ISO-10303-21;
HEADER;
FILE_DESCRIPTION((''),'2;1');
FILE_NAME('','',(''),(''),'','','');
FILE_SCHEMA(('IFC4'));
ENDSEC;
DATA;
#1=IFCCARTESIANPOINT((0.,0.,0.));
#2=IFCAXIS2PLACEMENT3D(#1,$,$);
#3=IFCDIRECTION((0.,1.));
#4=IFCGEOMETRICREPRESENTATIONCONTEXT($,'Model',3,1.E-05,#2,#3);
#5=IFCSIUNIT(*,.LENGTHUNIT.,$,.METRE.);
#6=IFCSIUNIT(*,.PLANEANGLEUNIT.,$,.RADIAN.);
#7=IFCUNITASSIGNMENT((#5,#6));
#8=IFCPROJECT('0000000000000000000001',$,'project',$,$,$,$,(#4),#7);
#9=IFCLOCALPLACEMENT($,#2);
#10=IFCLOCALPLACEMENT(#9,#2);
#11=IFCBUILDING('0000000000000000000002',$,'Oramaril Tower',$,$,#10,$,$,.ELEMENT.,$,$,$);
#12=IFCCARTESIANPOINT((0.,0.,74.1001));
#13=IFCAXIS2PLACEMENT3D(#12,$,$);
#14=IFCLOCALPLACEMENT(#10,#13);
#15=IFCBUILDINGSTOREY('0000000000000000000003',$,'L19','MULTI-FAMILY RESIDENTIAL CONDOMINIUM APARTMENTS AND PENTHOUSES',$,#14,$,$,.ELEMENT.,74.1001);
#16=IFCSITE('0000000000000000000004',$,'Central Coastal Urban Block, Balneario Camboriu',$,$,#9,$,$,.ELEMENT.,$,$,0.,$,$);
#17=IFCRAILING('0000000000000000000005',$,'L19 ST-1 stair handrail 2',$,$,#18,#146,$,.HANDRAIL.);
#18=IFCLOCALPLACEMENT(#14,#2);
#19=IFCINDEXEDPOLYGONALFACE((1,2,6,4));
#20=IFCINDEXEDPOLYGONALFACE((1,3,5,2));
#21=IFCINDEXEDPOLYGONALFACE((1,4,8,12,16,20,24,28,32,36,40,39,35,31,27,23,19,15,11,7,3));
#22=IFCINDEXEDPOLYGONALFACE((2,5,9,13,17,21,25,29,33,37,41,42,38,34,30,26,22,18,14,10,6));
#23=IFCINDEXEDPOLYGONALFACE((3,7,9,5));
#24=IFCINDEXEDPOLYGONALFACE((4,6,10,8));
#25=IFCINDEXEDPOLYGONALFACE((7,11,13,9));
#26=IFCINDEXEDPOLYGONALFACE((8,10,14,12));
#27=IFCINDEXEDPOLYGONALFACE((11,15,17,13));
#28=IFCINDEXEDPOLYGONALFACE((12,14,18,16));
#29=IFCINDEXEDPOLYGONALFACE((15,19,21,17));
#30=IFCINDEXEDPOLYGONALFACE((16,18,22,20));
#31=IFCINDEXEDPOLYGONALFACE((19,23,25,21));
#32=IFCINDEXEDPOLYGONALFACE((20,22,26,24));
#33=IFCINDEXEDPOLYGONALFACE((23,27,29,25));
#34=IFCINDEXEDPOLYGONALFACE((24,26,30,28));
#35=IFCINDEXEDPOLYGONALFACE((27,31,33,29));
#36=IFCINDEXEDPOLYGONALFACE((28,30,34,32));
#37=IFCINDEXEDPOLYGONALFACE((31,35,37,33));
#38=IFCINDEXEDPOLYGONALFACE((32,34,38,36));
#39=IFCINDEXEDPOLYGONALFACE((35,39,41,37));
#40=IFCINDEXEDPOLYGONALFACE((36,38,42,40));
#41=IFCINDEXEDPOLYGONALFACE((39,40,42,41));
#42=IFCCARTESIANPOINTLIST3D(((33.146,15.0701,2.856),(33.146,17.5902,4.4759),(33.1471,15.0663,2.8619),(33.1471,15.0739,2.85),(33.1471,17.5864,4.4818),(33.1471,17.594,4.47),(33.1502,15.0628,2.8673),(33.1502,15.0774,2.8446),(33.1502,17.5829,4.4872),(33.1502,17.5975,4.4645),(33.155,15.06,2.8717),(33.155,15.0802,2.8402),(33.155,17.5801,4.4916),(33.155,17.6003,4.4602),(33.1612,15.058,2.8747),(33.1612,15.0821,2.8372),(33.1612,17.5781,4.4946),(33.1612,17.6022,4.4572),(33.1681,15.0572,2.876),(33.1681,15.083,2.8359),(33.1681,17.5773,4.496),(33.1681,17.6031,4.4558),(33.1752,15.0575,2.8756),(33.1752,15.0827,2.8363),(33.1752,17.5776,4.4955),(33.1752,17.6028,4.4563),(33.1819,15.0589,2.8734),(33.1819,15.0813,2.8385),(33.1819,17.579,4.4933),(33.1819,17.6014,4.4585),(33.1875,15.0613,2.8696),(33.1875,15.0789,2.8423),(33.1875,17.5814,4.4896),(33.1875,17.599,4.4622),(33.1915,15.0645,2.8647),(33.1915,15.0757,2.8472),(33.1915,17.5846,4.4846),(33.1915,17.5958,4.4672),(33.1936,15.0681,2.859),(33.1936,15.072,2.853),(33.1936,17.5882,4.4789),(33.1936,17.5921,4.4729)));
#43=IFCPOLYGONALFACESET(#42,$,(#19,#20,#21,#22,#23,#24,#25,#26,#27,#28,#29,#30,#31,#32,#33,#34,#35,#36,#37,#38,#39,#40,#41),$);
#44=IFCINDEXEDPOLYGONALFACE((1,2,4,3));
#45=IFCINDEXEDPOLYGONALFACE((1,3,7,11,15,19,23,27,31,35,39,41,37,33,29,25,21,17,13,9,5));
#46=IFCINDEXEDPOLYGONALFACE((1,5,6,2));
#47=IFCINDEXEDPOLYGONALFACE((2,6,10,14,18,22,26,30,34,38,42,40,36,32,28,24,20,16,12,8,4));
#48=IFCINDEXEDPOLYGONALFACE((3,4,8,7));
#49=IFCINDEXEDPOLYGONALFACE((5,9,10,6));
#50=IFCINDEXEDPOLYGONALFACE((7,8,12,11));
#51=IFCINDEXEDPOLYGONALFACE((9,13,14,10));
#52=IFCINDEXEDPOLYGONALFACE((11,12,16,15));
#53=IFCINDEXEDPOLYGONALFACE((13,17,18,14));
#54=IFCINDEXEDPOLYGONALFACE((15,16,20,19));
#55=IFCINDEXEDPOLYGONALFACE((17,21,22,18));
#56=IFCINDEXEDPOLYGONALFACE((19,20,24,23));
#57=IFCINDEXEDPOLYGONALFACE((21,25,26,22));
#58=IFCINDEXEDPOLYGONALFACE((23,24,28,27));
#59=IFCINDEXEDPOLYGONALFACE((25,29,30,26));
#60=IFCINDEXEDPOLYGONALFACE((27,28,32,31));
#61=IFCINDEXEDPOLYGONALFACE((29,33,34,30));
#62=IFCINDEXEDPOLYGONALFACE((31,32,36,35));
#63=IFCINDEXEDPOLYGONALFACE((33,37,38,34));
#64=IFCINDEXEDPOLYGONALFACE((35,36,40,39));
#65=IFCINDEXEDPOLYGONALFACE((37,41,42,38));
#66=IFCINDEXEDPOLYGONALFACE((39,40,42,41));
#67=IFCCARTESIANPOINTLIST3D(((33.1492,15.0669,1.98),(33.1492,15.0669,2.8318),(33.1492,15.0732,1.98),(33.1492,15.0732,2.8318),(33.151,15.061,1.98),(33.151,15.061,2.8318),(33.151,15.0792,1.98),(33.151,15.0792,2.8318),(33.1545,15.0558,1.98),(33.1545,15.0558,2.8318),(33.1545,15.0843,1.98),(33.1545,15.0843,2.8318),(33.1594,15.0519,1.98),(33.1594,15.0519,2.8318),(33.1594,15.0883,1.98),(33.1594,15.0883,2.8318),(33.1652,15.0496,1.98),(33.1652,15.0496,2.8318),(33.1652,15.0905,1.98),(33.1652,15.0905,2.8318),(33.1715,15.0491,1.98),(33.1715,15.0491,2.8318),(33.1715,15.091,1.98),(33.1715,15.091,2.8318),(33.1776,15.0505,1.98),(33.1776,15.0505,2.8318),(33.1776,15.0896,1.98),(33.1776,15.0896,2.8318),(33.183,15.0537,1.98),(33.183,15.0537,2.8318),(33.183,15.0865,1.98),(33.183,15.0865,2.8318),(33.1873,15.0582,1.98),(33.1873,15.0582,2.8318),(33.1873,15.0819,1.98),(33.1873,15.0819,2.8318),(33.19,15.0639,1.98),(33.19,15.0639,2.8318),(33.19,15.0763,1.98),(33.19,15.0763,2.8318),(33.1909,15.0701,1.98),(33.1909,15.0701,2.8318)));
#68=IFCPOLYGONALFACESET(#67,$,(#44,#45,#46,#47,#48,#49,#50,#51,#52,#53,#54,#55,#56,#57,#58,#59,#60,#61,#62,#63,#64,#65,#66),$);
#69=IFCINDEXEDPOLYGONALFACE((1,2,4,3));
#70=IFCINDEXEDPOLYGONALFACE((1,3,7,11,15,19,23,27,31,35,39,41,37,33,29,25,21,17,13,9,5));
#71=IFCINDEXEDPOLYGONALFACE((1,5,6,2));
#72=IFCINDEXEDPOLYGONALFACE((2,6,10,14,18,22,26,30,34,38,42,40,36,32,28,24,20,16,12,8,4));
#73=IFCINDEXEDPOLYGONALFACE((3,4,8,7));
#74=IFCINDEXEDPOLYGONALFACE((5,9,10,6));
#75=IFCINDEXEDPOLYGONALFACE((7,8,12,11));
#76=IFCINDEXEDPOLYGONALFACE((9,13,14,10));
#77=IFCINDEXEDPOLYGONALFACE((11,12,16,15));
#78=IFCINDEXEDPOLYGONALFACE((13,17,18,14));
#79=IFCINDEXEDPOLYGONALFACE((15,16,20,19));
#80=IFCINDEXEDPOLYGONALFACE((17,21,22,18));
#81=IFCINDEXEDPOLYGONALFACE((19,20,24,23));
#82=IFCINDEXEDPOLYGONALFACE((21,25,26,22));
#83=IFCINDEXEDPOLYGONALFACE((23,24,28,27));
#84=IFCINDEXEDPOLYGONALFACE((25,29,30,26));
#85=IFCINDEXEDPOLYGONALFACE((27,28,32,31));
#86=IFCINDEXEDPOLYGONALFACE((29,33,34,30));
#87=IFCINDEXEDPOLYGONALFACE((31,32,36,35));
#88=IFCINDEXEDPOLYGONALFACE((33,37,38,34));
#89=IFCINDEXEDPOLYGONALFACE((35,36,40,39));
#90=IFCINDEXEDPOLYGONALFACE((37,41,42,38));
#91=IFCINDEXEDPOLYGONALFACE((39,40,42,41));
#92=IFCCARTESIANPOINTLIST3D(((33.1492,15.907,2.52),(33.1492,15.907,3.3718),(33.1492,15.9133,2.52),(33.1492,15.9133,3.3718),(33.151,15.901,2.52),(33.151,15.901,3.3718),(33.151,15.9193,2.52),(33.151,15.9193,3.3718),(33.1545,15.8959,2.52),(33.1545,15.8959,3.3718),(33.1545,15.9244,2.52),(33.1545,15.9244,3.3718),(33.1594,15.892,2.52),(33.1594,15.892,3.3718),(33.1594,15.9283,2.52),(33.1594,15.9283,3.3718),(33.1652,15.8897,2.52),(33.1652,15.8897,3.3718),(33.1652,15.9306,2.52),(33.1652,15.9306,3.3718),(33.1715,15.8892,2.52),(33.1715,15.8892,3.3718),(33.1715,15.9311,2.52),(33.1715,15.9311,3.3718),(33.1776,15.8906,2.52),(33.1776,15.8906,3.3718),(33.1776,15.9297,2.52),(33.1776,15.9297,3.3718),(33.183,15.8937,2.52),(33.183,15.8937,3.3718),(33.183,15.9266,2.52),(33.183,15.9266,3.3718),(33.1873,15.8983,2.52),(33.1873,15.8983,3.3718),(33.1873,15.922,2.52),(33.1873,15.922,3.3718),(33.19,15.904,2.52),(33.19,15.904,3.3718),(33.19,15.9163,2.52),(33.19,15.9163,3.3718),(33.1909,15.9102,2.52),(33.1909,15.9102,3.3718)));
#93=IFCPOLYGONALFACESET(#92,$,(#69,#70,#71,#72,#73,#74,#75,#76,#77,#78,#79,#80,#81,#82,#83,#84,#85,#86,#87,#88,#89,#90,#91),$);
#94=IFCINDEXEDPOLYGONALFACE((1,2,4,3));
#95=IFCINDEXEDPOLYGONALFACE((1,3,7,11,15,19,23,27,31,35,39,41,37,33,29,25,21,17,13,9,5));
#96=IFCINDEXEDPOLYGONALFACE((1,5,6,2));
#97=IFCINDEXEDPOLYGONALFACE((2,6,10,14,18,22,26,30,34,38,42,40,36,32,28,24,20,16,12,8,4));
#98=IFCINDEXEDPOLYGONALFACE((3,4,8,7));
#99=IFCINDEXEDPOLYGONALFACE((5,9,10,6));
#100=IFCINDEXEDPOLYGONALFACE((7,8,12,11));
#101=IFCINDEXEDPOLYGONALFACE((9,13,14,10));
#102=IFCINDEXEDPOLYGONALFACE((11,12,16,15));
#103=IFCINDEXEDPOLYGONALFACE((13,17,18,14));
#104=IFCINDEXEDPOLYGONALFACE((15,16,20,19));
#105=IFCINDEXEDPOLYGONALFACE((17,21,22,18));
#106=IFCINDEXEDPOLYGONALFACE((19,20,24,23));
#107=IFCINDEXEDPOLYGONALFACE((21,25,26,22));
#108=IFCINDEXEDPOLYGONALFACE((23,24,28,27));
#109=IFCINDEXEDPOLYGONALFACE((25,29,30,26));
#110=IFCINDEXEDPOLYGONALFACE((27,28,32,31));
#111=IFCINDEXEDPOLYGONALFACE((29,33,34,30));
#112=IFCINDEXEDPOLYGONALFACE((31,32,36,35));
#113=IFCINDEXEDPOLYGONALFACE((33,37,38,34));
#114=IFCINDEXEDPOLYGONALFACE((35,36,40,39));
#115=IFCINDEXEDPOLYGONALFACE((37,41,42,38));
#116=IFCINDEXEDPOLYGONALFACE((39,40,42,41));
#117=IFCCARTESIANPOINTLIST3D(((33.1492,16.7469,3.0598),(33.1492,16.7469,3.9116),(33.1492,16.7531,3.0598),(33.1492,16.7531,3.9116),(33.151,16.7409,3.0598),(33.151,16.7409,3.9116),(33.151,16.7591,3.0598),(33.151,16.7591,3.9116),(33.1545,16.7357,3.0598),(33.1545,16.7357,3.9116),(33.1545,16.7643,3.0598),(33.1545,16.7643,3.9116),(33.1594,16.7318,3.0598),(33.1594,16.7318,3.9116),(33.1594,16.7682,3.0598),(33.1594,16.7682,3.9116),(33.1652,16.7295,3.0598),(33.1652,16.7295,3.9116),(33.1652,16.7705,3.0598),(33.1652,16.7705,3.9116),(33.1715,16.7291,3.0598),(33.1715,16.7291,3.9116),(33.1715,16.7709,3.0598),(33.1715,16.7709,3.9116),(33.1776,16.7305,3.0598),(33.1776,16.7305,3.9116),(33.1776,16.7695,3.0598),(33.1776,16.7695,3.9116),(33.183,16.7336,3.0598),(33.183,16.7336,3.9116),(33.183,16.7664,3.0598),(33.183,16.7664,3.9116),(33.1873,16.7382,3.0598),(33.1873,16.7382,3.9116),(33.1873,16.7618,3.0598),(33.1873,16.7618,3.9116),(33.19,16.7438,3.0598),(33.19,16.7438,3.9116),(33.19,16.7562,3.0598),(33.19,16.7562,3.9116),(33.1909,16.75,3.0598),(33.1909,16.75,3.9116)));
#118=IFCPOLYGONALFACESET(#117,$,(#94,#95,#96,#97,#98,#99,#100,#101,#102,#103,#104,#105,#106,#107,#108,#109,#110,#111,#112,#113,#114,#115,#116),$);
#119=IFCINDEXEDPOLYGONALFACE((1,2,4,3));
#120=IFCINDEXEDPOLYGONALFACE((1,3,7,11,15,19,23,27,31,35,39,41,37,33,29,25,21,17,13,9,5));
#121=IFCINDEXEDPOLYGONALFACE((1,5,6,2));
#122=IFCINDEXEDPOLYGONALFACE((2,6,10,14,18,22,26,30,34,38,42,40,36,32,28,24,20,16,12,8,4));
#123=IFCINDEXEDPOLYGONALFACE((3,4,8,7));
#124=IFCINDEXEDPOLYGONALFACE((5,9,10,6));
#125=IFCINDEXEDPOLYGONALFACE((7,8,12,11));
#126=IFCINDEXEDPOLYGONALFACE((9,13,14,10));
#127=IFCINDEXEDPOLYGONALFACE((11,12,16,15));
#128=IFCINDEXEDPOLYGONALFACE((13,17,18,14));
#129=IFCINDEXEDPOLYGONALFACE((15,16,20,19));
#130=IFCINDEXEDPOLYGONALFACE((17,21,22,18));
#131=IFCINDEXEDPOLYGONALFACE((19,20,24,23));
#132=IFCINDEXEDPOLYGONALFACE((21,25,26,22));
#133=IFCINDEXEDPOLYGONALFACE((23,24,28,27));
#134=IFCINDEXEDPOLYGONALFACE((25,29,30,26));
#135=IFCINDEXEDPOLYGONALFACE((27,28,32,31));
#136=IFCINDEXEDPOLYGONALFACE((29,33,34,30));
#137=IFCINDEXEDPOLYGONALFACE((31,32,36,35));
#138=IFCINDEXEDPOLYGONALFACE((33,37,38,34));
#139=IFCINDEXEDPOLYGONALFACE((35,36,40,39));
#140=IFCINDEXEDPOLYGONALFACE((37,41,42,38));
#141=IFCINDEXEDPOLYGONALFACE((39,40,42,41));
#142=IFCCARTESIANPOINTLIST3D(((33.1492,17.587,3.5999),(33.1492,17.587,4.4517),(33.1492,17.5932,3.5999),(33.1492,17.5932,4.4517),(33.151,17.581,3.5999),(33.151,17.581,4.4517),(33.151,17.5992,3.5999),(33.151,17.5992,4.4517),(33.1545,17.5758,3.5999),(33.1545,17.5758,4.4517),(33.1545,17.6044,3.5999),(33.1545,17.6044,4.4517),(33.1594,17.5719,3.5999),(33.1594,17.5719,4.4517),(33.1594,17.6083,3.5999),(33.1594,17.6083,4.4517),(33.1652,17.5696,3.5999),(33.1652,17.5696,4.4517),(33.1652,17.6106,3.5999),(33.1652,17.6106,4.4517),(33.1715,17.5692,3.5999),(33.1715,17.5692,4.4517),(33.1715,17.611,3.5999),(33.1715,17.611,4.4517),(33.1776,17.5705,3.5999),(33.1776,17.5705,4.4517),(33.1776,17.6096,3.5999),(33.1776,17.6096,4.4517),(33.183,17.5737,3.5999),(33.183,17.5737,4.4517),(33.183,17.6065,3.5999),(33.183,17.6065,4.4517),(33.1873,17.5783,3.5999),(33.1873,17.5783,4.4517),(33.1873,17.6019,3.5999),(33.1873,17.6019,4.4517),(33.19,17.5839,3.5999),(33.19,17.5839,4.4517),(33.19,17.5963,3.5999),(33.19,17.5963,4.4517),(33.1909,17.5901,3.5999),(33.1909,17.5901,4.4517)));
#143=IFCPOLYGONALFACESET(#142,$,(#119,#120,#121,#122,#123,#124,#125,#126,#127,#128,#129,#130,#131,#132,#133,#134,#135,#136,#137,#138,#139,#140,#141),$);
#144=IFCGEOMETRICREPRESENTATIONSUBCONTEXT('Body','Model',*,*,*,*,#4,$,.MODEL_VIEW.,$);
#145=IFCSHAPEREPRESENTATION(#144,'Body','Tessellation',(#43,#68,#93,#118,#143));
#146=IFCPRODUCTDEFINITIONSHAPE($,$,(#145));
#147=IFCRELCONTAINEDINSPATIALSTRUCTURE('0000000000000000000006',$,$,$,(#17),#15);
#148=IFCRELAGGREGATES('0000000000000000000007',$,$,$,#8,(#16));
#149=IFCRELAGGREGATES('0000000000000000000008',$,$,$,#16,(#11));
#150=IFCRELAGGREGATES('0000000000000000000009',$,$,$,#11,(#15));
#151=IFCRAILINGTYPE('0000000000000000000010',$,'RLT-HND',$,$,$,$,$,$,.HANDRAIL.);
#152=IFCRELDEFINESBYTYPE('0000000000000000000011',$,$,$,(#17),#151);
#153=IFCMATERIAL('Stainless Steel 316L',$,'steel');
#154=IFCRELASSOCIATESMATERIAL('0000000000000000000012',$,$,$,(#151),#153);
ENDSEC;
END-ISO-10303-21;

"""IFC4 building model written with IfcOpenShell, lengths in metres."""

from ifc_helpers import new_model, si_unit, direction, frame, origin, origin_2d, place, context, subcontext, project, spatial, circle, extrude, material, type_object, element, save


model = new_model("IFC4")

# Units and contexts
model_context = context("Model", 3, precision=1e-05, world=origin(), true_north=direction((0.0, 1.0)))
body_context = subcontext(model_context, "Body", "Model", "MODEL_VIEW")
ifc_project = project(units=[si_unit("LENGTHUNIT", "METRE"), si_unit("PLANEANGLEUNIT", "RADIAN")], contexts=[model_context])

# Site, building, storey
site_placement = place(None, origin())
site = spatial("IfcSite", under=ifc_project, at=site_placement, Name="Central Coastal Urban Block, Balneario Camboriu", CompositionType="ELEMENT", RefElevation=0.0)
building_placement = place(site_placement, origin())
building = spatial("IfcBuilding", under=site, at=building_placement, Name="Oramaril Tower", CompositionType="ELEMENT")
storey_placement = place(building_placement, frame((0.0, 0.0, 74.1001)))
storey = spatial("IfcBuildingStorey", under=building, at=storey_placement, Name="L19", Description="MULTI-FAMILY RESIDENTIAL CONDOMINIUM APARTMENTS AND PENTHOUSES", CompositionType="ELEMENT", Elevation=74.1001)

# Railing
ifc_material_1 = material(Name="Stainless Steel 316L", Category="steel")
railing_type_1 = type_object("IfcRailingType", Name="RLT-HND", PredefinedType="HANDRAIL", material=ifc_material_1)
railing_1_placement = place(storey_placement, frame((33.1699, 15.0701, 1.98)))
element("IfcRailing", 1, at=railing_1_placement, inside=storey, type_object=railing_type_1, Name="L19 ST-1 stair handrail 2", PredefinedType="HANDRAIL", context=body_context, shape_type="SweptSolid", body=[
    extrude(circle(Radius=0.0239, at=origin_2d()), frame((0.0, 0.0, 0.876), z_axis=(0.0, 0.8412, 0.540725), x_axis=(-1.0, 0.0, 0.0)), (0.0, 0.0, 1.0), 2.9958),
    extrude(circle(Radius=0.021, at=origin_2d()), origin(), (0.0, 0.0, 1.0), 0.8518),
    extrude(circle(Radius=0.021, at=origin_2d()), frame((0.0, 0.8401, 0.54)), (0.0, 0.0, 1.0), 0.8518),
    extrude(circle(Radius=0.021, at=origin_2d()), frame((0.0, 1.6799, 1.0798)), (0.0, 0.0, 1.0), 0.8518),
    extrude(circle(Radius=0.021, at=origin_2d()), frame((0.0, 2.52, 1.6199)), (0.0, 0.0, 1.0), 0.8518),
])

save(model, "model.ifc")
